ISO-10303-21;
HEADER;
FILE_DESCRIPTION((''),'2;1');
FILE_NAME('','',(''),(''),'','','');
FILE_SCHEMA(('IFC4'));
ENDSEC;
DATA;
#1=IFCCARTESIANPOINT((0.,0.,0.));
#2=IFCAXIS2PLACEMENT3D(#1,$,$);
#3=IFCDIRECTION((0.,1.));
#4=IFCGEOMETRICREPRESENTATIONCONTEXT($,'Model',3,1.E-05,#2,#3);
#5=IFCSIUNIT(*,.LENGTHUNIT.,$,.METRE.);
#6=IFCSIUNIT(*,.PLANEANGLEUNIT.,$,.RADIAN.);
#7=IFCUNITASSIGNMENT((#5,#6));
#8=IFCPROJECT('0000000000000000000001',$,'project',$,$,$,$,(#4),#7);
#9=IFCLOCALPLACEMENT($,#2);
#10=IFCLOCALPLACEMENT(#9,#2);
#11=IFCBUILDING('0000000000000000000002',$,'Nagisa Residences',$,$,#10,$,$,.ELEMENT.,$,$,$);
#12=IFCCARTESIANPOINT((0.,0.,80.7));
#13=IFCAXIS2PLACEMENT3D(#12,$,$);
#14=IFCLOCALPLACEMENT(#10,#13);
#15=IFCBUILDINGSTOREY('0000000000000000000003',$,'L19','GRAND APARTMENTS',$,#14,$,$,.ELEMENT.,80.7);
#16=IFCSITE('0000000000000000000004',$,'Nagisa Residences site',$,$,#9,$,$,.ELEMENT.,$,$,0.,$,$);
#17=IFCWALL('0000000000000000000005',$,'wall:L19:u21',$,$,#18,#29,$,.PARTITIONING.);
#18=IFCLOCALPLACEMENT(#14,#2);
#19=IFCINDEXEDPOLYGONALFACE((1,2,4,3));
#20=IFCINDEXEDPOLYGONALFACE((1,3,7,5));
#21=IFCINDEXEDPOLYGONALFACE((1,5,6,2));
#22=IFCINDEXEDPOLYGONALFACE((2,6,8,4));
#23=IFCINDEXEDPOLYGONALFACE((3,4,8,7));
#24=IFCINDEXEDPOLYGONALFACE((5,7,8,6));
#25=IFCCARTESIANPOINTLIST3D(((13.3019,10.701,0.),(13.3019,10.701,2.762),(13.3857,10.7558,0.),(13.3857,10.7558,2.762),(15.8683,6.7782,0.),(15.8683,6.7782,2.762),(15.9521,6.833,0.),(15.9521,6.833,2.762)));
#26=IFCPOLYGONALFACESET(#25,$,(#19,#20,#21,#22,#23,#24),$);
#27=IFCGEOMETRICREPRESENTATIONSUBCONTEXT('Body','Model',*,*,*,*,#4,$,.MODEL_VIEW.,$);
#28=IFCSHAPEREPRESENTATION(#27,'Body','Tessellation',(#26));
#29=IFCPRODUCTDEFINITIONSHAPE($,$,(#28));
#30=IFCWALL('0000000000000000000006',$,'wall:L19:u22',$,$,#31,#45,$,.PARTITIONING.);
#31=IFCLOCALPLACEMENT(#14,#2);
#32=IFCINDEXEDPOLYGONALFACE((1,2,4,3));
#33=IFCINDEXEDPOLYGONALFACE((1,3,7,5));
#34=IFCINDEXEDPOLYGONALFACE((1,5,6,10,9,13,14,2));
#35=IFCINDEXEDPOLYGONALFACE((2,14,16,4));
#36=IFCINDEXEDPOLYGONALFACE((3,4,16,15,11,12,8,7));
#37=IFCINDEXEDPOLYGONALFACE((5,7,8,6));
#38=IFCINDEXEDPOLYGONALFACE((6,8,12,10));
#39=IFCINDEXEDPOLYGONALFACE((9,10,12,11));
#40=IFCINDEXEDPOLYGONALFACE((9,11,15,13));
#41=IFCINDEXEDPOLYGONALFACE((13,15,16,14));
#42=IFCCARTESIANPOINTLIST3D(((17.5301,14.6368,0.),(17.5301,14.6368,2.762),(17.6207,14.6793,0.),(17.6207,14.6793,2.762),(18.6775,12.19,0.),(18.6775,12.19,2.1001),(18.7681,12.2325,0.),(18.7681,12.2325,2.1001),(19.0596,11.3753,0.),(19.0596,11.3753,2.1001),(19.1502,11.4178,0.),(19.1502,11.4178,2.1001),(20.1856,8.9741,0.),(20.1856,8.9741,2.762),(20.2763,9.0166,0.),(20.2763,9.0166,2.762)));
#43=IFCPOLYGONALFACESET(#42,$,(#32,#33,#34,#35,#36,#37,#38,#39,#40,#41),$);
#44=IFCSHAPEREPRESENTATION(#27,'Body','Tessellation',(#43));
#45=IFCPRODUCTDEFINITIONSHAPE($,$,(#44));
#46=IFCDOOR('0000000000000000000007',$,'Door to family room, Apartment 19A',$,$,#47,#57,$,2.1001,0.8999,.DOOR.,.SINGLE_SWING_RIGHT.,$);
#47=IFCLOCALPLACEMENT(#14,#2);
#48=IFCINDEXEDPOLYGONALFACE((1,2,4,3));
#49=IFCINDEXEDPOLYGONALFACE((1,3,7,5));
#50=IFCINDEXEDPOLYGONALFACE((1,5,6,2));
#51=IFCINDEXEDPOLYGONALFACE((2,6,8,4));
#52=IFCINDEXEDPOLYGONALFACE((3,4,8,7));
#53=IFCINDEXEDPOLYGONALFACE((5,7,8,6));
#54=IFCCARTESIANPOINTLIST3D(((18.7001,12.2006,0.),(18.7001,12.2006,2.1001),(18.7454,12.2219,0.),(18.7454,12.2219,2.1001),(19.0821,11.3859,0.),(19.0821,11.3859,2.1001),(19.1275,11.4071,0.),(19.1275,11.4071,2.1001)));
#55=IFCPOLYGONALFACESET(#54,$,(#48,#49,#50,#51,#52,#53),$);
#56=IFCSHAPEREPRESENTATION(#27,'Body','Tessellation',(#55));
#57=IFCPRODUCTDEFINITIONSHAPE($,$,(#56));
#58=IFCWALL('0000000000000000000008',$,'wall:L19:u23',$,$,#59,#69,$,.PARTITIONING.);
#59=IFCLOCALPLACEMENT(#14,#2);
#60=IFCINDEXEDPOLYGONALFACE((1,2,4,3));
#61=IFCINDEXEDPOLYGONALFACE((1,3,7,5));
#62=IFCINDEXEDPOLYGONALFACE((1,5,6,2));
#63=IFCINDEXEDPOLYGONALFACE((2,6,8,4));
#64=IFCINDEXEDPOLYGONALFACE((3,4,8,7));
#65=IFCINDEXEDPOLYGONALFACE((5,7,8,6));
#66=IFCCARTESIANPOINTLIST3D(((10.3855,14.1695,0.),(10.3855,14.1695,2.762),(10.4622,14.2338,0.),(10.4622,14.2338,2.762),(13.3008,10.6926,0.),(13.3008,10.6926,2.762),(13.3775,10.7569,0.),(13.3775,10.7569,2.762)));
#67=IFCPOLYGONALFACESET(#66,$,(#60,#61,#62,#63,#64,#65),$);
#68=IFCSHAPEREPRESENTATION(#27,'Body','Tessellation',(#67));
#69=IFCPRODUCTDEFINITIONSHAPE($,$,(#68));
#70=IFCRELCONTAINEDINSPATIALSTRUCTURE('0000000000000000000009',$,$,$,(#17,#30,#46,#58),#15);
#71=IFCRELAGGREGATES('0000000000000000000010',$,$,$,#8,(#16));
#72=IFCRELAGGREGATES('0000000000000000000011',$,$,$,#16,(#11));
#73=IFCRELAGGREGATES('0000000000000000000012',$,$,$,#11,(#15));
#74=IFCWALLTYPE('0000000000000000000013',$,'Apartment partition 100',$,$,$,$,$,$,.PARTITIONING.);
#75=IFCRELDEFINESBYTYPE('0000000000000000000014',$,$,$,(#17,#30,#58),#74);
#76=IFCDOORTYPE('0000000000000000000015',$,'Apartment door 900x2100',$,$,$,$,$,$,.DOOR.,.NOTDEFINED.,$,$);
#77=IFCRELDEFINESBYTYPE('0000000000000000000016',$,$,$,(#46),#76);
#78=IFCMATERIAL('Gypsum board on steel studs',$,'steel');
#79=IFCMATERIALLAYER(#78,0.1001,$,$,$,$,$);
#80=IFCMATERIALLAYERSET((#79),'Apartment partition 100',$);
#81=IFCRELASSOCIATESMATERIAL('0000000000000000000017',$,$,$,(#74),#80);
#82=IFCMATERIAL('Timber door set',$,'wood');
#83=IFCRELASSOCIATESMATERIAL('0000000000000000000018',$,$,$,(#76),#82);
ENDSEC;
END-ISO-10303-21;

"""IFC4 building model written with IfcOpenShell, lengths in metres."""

from ifc_helpers import new_model, si_unit, direction, frame, frame_2d, origin, place, context, subcontext, project, spatial, rectangle, extrude, material, layer, layer_set, type_object, element, fill, save


model = new_model("IFC4")

# Units and contexts
model_context = context("Model", 3, precision=1e-05, world=origin(), true_north=direction((0.0, 1.0)))
body_context = subcontext(model_context, "Body", "Model", "MODEL_VIEW")
ifc_project = project(units=[si_unit("LENGTHUNIT", "METRE"), si_unit("PLANEANGLEUNIT", "RADIAN")], contexts=[model_context])

# Site, building, storey
site_placement = place(None, origin())
site = spatial("IfcSite", under=ifc_project, at=site_placement, Name="Nagisa Residences site", CompositionType="ELEMENT", RefElevation=0.0)
building_placement = place(site_placement, origin())
building = spatial("IfcBuilding", under=site, at=building_placement, Name="Nagisa Residences", CompositionType="ELEMENT")
storey_placement = place(building_placement, frame((0.0, 0.0, 80.7)))
storey = spatial("IfcBuildingStorey", under=building, at=storey_placement, Name="L19", Description="GRAND APARTMENTS", CompositionType="ELEMENT", Elevation=80.7)

# Shared definitions
ifc_material_1 = material(Name="Gypsum board on steel studs", Category="steel")
ifc_layer_1 = layer(ifc_material_1, 0.1001)
ifc_layer_set_1 = layer_set([ifc_layer_1], Name="Apartment partition 100")
wall_type_1 = type_object("IfcWallType", Name="Apartment partition 100", PredefinedType="PARTITIONING", material=ifc_layer_set_1)
ifc_material_2 = material(Name="Timber door set", Category="wood")
door_type_1 = type_object("IfcDoorType", Name="Apartment door 900x2100", OperationType="NOTDEFINED", PredefinedType="DOOR", material=ifc_material_2)

# Wall
wall_1_placement = place(storey_placement, frame((15.9102, 6.8057, 0.0), z_axis=(0.0, 0.0, 1.0), x_axis=(-0.547468, 0.836826, 0.0)))
element("IfcWall", 1, at=wall_1_placement, inside=storey, type_object=wall_type_1, Name="wall:L19:u21", PredefinedType="PARTITIONING", context=body_context, shape_type="SweptSolid", body=[
    extrude(rectangle(XDim=4.6877, YDim=0.1001, at=frame_2d((2.3438, 0.0))), origin(), (0.0, 0.0, 1.0), 2.762),
])

# Wall, opening, door
wall_2_placement = place(storey_placement, frame((20.231, 8.9954, 0.0), z_axis=(0.0, 0.0, 1.0), x_axis=(-0.424588, 0.905387, 0.0)))
wall_2 = element("IfcWall", 2, at=wall_2_placement, inside=storey, type_object=wall_type_1, Name="wall:L19:u22", PredefinedType="PARTITIONING", context=body_context, shape_type="SweptSolid", body=[
    extrude(rectangle(XDim=6.2544, YDim=0.1001, at=frame_2d((3.1272, 0.0))), origin(), (0.0, 0.0, 1.0), 2.762),
])
opening_1_placement = place(wall_2_placement, frame((2.6521, 0.0, 0.0)))
opening_1 = element("IfcOpeningElement", 3, at=opening_1_placement, cuts=wall_2, PredefinedType="OPENING", context=body_context, shape_type="SweptSolid", body=[
    extrude(rectangle(XDim=0.8999, YDim=2.1001, at=frame_2d((0.45, 1.05))), frame((0.0, 0.0601, 0.0), z_axis=(0.0, -1.0, 0.0), x_axis=(1.0, 0.0, 0.0)), (0.0, 0.0, 1.0), 0.1201),
])
door_1_placement = place(opening_1_placement, frame((0.8999, 0.0, 0.0), x_axis=(-1.0, 0.0, 0.0)))
door_1 = element("IfcDoor", 4, at=door_1_placement, inside=storey, type_object=door_type_1, Name="Door to family room, Apartment 19A", OperationType="SINGLE_SWING_RIGHT", OverallHeight=2.1001, OverallWidth=0.8999, PredefinedType="DOOR", context=body_context, shape_type="SweptSolid", body=[
    extrude(rectangle(XDim=0.8999, YDim=2.1001, at=frame_2d((0.45, 1.05))), frame((0.0, 0.0249, 0.0), z_axis=(0.0, -1.0, 0.0), x_axis=(1.0, 0.0, 0.0)), (0.0, 0.0, 1.0), 0.05),
])
fill(opening_1, door_1)

# Wall
wall_3_placement = place(storey_placement, frame((13.3391, 10.7249, 0.0), z_axis=(0.0, 0.0, 1.0), x_axis=(-0.642515, 0.766273, 0.0)))
element("IfcWall", 5, at=wall_3_placement, inside=storey, type_object=wall_type_1, Name="wall:L19:u23", PredefinedType="PARTITIONING", context=body_context, shape_type="SweptSolid", body=[
    extrude(rectangle(XDim=4.5374, YDim=0.1001, at=frame_2d((2.2686, 0.0))), origin(), (0.0, 0.0, 1.0), 2.762),
])

save(model, "model.ifc")
